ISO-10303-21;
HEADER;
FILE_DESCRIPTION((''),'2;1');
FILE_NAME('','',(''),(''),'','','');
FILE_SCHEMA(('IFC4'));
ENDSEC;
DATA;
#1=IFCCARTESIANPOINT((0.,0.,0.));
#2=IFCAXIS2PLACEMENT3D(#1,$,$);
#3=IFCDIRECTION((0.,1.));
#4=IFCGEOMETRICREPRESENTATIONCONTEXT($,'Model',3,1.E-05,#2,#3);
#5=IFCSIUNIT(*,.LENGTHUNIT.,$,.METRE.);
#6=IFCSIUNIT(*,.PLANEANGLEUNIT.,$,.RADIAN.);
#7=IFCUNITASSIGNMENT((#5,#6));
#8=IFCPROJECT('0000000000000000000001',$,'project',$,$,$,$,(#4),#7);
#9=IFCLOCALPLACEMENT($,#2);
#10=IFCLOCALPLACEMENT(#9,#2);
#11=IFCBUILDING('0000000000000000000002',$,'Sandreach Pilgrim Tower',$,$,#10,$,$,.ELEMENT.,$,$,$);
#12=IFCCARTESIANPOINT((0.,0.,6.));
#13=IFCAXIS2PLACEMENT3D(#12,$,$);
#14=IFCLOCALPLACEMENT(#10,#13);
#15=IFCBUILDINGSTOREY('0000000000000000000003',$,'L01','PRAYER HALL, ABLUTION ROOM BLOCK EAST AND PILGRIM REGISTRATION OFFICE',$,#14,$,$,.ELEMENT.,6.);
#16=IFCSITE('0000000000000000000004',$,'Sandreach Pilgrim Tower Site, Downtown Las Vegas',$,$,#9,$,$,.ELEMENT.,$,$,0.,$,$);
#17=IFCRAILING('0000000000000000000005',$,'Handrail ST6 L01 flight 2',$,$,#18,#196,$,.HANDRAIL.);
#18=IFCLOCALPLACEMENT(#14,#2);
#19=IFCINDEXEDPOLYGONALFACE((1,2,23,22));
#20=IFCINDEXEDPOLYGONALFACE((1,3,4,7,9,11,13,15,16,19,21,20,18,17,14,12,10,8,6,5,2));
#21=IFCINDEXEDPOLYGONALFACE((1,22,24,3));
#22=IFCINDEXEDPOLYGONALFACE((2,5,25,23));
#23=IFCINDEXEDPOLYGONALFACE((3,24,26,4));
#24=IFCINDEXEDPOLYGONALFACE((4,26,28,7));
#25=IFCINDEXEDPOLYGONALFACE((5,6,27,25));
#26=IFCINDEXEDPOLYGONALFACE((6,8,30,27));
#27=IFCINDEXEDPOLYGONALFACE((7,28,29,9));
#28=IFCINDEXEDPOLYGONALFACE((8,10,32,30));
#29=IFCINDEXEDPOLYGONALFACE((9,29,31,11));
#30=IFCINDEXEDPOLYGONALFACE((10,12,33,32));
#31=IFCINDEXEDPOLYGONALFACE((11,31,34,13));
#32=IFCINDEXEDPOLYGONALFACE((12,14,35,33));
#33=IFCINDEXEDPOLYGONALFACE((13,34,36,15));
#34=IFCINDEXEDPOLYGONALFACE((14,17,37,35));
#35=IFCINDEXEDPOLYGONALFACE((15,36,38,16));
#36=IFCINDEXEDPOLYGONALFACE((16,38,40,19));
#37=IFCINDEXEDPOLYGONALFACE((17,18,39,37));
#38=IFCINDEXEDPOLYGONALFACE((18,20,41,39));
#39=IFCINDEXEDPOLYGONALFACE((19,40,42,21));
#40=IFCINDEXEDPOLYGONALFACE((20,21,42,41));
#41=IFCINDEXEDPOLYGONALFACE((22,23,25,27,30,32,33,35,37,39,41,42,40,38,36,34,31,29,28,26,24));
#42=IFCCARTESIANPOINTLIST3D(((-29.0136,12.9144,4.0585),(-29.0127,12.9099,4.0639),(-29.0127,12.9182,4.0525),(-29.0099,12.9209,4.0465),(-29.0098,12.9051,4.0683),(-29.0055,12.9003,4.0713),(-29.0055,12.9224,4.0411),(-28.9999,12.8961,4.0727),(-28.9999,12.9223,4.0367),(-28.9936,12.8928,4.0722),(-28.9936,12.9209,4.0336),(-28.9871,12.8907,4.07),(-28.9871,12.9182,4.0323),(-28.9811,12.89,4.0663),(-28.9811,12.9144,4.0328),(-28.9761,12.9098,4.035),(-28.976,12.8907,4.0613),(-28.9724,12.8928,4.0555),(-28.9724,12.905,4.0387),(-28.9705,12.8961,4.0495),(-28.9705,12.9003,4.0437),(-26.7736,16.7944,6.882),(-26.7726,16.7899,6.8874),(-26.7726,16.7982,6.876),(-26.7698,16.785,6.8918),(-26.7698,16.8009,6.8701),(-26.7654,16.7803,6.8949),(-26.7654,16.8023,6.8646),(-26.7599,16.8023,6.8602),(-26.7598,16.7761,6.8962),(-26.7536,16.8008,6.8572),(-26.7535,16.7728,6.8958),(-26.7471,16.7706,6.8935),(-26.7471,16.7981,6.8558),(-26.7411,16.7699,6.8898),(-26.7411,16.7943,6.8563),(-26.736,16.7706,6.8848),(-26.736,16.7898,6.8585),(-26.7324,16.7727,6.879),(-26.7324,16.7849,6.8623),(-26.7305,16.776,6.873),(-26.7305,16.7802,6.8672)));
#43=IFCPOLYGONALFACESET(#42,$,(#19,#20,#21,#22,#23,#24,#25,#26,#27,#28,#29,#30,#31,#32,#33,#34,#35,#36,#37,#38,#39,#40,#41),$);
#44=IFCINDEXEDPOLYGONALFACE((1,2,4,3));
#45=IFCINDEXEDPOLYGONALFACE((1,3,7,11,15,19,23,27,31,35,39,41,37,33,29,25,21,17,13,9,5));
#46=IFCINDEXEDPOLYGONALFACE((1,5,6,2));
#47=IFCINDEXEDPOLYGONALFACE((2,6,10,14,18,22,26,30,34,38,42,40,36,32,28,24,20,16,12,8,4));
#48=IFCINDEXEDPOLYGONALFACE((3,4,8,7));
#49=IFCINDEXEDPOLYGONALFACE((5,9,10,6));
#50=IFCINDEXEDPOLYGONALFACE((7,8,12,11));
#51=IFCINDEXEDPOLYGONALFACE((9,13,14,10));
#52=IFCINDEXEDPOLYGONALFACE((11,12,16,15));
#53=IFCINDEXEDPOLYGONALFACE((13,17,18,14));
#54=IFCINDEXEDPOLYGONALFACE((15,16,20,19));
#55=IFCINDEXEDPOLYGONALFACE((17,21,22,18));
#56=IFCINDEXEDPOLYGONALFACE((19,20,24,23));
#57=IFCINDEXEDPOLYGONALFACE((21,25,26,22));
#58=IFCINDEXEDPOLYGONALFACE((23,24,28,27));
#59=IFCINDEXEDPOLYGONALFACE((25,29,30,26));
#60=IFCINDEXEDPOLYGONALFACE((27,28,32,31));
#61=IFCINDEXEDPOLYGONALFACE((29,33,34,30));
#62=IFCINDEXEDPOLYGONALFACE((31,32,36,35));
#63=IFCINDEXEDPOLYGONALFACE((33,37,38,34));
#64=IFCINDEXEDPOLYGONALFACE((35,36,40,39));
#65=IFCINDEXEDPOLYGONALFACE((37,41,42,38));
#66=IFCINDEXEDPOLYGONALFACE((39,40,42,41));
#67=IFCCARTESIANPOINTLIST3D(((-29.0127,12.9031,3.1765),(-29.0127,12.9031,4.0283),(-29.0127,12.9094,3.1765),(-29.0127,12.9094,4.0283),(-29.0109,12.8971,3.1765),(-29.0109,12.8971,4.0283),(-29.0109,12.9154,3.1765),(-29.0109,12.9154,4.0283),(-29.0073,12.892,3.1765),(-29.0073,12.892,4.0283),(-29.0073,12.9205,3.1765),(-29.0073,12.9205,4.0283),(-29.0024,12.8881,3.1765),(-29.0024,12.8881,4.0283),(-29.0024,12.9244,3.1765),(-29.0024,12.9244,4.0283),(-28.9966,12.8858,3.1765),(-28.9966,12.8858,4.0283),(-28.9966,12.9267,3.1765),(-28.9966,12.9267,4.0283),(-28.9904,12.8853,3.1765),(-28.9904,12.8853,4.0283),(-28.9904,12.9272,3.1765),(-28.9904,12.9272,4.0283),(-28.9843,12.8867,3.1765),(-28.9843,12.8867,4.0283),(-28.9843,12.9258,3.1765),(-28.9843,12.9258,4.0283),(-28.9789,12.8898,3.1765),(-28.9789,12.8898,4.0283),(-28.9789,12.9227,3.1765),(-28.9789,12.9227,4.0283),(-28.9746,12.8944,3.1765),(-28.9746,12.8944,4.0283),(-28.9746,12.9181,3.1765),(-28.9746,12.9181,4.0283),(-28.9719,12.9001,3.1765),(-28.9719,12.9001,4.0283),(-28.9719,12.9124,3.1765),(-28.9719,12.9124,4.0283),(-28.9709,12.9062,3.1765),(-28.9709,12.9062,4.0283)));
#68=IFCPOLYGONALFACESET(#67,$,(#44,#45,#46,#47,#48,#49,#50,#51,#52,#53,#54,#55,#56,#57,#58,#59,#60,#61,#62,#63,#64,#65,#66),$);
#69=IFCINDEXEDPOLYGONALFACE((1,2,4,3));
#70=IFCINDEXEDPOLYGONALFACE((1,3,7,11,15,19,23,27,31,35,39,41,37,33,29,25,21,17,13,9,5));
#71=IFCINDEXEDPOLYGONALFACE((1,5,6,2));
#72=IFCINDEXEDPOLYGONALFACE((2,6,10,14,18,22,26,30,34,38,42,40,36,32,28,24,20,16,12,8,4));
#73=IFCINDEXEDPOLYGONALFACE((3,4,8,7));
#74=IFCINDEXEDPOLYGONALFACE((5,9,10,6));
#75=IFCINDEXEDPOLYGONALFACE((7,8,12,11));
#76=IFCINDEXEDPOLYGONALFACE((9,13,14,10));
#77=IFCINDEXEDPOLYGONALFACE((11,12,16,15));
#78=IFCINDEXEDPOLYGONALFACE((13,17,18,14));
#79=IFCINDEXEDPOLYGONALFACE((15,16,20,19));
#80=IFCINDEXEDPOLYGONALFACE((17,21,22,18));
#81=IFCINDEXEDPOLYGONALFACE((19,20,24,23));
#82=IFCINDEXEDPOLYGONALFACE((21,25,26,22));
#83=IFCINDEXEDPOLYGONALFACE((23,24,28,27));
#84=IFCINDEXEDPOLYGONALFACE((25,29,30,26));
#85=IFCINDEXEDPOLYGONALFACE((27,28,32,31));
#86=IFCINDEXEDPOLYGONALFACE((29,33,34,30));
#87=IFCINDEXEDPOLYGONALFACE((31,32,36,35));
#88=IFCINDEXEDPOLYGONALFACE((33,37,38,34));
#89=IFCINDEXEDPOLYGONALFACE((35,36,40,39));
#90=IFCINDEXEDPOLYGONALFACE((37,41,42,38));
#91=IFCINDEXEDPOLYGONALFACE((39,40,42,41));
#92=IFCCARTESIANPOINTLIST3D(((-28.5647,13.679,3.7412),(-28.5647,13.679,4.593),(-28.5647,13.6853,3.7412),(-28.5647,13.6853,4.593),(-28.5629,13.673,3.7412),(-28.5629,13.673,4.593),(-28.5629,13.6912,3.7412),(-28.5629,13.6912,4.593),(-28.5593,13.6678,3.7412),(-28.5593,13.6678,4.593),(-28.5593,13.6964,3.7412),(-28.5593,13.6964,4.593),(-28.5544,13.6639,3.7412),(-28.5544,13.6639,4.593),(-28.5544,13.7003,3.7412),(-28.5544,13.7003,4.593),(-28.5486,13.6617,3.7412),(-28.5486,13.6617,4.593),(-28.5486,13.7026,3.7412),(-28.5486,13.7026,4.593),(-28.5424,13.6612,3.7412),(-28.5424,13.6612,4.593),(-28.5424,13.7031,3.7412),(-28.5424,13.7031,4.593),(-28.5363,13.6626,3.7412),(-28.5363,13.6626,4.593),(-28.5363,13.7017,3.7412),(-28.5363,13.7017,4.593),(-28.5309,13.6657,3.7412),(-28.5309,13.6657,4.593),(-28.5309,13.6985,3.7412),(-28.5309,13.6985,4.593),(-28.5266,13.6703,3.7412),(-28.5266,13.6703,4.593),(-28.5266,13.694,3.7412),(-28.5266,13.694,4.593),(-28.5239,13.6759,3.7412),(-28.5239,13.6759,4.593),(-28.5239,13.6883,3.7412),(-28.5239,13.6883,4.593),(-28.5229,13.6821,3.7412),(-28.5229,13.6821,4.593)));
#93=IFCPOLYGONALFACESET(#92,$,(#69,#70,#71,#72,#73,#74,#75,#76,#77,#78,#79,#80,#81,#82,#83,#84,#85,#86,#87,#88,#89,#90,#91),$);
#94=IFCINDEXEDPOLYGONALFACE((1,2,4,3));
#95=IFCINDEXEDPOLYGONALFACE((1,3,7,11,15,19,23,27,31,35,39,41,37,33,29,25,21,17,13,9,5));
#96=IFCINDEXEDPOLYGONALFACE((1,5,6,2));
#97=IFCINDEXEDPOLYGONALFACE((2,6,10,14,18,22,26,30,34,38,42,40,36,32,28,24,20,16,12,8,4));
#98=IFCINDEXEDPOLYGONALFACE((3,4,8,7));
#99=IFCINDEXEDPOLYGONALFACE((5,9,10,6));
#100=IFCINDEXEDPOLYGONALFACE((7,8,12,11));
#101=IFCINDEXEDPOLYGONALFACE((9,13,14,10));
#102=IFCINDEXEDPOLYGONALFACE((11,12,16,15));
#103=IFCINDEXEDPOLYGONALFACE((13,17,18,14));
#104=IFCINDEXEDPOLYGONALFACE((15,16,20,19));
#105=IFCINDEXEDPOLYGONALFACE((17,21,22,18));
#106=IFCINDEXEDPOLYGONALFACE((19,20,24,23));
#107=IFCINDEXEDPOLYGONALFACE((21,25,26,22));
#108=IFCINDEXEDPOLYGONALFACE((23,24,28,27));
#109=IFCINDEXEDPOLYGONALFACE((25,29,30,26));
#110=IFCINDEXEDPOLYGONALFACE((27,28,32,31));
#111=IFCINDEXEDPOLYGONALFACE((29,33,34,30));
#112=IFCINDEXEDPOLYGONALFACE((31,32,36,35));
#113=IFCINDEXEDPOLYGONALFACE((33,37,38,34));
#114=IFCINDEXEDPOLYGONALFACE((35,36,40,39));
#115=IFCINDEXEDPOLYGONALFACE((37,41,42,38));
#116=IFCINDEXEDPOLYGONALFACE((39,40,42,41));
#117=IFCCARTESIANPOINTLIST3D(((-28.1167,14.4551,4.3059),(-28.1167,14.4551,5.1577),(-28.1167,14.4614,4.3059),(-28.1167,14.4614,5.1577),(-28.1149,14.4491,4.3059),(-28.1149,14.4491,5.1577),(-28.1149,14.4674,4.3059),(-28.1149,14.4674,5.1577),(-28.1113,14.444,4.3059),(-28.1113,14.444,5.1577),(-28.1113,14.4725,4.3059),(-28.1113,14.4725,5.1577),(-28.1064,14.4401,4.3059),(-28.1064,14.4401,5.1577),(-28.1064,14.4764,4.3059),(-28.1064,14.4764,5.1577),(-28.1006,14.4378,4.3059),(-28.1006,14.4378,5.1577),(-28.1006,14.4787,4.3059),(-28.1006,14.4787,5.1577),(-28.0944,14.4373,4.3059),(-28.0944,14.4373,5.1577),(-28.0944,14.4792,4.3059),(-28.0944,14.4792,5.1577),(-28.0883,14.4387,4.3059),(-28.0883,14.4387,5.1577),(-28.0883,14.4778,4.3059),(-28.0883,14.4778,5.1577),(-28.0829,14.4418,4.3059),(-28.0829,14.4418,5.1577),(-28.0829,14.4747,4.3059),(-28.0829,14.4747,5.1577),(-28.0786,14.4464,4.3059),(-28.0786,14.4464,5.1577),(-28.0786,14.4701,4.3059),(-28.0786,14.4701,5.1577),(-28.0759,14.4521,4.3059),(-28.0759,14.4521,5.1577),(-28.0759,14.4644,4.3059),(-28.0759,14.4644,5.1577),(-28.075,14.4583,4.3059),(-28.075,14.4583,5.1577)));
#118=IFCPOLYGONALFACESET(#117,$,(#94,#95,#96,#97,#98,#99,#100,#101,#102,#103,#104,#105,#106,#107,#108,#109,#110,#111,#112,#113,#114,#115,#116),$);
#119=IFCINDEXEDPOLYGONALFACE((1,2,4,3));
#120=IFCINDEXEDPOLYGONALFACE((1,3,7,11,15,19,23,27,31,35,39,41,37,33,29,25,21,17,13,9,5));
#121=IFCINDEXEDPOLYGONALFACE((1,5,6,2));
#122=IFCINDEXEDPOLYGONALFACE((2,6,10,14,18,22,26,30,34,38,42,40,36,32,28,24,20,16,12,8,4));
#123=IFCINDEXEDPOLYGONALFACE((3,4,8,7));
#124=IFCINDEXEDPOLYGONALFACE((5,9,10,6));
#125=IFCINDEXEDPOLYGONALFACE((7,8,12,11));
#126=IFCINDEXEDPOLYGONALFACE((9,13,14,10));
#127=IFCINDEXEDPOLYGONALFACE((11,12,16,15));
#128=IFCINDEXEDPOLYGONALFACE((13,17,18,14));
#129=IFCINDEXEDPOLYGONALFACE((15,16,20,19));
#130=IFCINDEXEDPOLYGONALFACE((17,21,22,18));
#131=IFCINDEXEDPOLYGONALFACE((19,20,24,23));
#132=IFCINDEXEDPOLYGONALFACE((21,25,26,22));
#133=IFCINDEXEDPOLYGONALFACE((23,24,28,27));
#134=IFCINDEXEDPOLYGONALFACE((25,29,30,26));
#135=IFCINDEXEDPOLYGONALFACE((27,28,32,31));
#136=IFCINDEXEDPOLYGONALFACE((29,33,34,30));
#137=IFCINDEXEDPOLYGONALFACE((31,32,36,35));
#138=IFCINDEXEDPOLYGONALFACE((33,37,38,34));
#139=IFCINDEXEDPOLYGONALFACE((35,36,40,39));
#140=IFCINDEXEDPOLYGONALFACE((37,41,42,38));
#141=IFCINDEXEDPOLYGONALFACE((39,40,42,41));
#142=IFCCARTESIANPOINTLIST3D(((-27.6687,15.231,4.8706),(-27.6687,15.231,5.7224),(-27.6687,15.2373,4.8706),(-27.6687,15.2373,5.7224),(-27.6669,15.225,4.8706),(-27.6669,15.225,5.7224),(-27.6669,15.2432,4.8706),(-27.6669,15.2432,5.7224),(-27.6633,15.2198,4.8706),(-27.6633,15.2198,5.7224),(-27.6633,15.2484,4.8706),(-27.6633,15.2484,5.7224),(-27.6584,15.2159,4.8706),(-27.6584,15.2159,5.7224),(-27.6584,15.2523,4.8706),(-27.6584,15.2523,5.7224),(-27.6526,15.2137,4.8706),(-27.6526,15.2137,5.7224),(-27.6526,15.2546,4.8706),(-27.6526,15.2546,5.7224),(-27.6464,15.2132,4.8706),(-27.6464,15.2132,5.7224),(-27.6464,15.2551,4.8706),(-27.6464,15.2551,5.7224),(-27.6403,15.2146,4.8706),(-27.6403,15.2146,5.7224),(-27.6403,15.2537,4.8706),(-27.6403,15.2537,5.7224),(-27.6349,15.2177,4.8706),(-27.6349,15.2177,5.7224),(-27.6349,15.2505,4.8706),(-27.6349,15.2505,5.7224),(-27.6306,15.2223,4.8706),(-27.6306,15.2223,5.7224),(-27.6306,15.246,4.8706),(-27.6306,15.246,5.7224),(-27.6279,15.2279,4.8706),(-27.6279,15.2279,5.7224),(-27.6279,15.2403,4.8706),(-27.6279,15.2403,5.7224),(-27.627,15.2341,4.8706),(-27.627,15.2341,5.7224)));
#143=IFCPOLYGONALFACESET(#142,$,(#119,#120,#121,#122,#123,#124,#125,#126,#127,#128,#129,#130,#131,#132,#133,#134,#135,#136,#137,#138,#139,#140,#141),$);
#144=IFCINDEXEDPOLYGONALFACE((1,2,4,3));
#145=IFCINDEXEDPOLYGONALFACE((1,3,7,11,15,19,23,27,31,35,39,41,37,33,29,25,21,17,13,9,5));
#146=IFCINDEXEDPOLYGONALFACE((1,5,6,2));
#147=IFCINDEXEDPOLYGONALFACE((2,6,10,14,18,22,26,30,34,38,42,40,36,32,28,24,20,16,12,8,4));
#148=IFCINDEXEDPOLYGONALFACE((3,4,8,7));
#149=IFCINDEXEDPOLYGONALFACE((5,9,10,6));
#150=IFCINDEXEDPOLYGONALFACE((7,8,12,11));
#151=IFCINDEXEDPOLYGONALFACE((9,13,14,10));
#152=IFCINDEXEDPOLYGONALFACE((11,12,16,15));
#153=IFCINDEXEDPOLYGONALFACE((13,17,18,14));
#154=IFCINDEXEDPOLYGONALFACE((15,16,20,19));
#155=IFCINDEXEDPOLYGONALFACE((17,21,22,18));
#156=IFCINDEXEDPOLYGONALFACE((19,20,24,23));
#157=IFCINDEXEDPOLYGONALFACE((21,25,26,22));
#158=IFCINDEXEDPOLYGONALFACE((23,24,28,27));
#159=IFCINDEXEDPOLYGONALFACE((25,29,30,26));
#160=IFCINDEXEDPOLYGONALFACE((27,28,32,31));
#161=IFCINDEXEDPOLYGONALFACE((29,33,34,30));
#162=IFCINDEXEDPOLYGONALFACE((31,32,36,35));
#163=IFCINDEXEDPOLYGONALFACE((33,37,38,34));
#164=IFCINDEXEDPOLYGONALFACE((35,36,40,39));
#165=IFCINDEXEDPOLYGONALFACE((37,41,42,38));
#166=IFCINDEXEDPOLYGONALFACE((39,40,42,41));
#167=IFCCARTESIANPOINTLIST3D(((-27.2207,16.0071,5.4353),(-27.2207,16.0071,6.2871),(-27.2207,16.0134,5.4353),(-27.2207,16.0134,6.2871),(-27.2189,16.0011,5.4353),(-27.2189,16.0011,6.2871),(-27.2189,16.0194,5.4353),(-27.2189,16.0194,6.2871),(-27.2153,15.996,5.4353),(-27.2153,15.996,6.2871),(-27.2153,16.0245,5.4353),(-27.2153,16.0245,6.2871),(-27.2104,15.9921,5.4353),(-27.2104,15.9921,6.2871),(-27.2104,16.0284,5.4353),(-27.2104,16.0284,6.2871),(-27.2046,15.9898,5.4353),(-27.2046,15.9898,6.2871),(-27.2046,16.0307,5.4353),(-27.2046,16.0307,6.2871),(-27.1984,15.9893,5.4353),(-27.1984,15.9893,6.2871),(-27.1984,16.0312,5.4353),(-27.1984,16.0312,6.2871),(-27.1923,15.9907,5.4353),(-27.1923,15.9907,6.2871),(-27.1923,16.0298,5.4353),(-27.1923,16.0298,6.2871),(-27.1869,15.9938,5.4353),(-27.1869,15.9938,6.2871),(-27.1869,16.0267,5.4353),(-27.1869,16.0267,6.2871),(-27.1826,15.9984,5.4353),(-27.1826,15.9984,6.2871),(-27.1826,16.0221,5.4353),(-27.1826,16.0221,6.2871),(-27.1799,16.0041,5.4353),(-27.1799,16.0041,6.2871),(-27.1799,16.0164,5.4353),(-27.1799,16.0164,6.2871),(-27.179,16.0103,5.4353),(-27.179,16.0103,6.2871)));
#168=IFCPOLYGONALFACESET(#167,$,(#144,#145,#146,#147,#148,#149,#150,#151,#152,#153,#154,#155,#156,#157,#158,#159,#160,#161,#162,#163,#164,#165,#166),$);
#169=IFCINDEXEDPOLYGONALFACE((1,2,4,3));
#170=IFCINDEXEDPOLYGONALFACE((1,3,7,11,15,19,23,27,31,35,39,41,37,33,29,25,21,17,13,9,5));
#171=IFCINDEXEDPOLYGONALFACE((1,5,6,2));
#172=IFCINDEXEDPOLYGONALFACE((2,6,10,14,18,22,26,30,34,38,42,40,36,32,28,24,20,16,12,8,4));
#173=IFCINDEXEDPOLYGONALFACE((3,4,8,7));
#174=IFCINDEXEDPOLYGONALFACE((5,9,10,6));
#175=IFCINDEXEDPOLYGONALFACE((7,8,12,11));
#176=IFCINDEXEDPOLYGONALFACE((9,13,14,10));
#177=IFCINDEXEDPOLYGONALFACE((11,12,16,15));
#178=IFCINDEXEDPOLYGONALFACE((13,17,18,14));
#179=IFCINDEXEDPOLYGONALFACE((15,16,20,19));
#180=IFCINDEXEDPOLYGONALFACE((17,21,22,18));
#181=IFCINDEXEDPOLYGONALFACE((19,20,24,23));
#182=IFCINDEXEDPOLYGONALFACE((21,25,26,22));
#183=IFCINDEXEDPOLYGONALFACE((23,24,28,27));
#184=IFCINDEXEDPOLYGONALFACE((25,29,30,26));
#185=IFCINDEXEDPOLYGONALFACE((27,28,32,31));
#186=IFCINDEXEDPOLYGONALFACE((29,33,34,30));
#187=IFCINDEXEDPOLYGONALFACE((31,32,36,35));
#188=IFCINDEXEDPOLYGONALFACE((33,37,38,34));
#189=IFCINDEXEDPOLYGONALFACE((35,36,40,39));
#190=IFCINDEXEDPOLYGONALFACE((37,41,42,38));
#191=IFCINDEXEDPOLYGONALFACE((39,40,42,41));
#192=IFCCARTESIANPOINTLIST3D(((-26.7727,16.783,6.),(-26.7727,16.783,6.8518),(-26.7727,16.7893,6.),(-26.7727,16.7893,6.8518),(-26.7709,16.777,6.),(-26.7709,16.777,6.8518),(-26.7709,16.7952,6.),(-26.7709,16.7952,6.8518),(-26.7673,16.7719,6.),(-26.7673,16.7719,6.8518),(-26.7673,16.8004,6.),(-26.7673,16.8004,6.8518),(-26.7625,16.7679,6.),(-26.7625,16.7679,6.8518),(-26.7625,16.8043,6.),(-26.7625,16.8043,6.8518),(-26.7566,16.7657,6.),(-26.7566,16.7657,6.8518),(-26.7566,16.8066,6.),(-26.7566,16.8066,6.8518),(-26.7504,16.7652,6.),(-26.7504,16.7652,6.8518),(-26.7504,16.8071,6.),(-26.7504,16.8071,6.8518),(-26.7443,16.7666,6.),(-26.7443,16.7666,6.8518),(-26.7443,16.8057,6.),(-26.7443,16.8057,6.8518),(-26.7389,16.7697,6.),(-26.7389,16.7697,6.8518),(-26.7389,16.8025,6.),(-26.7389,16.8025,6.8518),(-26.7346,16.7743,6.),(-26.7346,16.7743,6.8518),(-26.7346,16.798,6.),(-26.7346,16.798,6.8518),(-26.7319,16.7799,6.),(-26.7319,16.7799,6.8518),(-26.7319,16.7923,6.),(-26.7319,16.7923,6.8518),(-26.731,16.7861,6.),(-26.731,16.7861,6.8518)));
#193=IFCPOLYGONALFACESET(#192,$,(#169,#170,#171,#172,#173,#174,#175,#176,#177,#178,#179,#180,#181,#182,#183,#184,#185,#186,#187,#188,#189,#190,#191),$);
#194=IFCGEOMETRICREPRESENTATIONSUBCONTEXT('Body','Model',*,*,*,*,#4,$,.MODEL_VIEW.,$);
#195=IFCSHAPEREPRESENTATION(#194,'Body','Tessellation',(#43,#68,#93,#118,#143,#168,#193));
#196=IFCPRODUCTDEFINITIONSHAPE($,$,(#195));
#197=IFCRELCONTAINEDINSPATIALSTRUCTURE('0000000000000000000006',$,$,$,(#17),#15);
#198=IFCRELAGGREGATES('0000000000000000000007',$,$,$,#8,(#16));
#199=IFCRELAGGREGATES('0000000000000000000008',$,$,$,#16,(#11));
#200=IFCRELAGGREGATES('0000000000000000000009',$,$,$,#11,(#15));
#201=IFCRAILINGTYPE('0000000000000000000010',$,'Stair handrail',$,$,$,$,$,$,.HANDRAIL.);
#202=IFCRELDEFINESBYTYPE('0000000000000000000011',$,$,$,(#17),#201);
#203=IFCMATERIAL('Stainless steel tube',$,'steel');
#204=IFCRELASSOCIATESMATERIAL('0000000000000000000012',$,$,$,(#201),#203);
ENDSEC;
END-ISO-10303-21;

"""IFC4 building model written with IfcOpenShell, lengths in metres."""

from ifc_helpers import new_model, si_unit, direction, frame, origin, origin_2d, place, context, subcontext, project, spatial, circle, extrude, material, type_object, element, save


model = new_model("IFC4")

# Units and contexts
model_context = context("Model", 3, precision=1e-05, world=origin(), true_north=direction((0.0, 1.0)))
body_context = subcontext(model_context, "Body", "Model", "MODEL_VIEW")
ifc_project = project(units=[si_unit("LENGTHUNIT", "METRE"), si_unit("PLANEANGLEUNIT", "RADIAN")], contexts=[model_context])

# Site, building, storey
site_placement = place(None, origin())
site = spatial("IfcSite", under=ifc_project, at=site_placement, Name="Sandreach Pilgrim Tower Site, Downtown Las Vegas", CompositionType="ELEMENT", RefElevation=0.0)
building_placement = place(site_placement, origin())
building = spatial("IfcBuilding", under=site, at=building_placement, Name="Sandreach Pilgrim Tower", CompositionType="ELEMENT")
storey_placement = place(building_placement, frame((0.0, 0.0, 6.0)))
storey = spatial("IfcBuildingStorey", under=building, at=storey_placement, Name="L01", Description="PRAYER HALL, ABLUTION ROOM BLOCK EAST AND PILGRIM REGISTRATION OFFICE", CompositionType="ELEMENT", Elevation=6.0)

# Railing
ifc_material_1 = material(Name="Stainless steel tube", Category="steel")
railing_type = type_object("IfcRailingType", Name="Stair handrail", PredefinedType="HANDRAIL", material=ifc_material_1)
railing_placement = place(storey_placement, frame((-28.9919, 12.9062, 3.1765)))
element("IfcRailing", 1, at=railing_placement, inside=storey, type_object=railing_type, Name="Handrail ST6 L01 flight 2", PredefinedType="HANDRAIL", context=body_context, shape_type="SweptSolid", body=[
    extrude(circle(Radius=0.0239, at=origin_2d()), frame((0.0, 0.0, 0.876), z_axis=(0.422993, 0.732665, 0.533178), x_axis=(-0.866031, 0.49999, 0.0)), (0.0, 0.0, 1.0), 5.2957),
    extrude(circle(Radius=0.021, at=origin_2d()), origin(), (0.0, 0.0, 1.0), 0.8518),
    extrude(circle(Radius=0.021, at=origin_2d()), frame((0.448, 0.7759, 0.5647)), (0.0, 0.0, 1.0), 0.8518),
    extrude(circle(Radius=0.021, at=origin_2d()), frame((0.896, 1.552, 1.1294)), (0.0, 0.0, 1.0), 0.8518),
    extrude(circle(Radius=0.021, at=origin_2d()), frame((1.344, 2.3279, 1.6941)), (0.0, 0.0, 1.0), 0.8518),
    extrude(circle(Radius=0.021, at=origin_2d()), frame((1.792, 3.104, 2.2588)), (0.0, 0.0, 1.0), 0.8518),
    extrude(circle(Radius=0.021, at=origin_2d()), frame((2.24, 3.8799, 2.8235)), (0.0, 0.0, 1.0), 0.8518),
])

save(model, "model.ifc")
